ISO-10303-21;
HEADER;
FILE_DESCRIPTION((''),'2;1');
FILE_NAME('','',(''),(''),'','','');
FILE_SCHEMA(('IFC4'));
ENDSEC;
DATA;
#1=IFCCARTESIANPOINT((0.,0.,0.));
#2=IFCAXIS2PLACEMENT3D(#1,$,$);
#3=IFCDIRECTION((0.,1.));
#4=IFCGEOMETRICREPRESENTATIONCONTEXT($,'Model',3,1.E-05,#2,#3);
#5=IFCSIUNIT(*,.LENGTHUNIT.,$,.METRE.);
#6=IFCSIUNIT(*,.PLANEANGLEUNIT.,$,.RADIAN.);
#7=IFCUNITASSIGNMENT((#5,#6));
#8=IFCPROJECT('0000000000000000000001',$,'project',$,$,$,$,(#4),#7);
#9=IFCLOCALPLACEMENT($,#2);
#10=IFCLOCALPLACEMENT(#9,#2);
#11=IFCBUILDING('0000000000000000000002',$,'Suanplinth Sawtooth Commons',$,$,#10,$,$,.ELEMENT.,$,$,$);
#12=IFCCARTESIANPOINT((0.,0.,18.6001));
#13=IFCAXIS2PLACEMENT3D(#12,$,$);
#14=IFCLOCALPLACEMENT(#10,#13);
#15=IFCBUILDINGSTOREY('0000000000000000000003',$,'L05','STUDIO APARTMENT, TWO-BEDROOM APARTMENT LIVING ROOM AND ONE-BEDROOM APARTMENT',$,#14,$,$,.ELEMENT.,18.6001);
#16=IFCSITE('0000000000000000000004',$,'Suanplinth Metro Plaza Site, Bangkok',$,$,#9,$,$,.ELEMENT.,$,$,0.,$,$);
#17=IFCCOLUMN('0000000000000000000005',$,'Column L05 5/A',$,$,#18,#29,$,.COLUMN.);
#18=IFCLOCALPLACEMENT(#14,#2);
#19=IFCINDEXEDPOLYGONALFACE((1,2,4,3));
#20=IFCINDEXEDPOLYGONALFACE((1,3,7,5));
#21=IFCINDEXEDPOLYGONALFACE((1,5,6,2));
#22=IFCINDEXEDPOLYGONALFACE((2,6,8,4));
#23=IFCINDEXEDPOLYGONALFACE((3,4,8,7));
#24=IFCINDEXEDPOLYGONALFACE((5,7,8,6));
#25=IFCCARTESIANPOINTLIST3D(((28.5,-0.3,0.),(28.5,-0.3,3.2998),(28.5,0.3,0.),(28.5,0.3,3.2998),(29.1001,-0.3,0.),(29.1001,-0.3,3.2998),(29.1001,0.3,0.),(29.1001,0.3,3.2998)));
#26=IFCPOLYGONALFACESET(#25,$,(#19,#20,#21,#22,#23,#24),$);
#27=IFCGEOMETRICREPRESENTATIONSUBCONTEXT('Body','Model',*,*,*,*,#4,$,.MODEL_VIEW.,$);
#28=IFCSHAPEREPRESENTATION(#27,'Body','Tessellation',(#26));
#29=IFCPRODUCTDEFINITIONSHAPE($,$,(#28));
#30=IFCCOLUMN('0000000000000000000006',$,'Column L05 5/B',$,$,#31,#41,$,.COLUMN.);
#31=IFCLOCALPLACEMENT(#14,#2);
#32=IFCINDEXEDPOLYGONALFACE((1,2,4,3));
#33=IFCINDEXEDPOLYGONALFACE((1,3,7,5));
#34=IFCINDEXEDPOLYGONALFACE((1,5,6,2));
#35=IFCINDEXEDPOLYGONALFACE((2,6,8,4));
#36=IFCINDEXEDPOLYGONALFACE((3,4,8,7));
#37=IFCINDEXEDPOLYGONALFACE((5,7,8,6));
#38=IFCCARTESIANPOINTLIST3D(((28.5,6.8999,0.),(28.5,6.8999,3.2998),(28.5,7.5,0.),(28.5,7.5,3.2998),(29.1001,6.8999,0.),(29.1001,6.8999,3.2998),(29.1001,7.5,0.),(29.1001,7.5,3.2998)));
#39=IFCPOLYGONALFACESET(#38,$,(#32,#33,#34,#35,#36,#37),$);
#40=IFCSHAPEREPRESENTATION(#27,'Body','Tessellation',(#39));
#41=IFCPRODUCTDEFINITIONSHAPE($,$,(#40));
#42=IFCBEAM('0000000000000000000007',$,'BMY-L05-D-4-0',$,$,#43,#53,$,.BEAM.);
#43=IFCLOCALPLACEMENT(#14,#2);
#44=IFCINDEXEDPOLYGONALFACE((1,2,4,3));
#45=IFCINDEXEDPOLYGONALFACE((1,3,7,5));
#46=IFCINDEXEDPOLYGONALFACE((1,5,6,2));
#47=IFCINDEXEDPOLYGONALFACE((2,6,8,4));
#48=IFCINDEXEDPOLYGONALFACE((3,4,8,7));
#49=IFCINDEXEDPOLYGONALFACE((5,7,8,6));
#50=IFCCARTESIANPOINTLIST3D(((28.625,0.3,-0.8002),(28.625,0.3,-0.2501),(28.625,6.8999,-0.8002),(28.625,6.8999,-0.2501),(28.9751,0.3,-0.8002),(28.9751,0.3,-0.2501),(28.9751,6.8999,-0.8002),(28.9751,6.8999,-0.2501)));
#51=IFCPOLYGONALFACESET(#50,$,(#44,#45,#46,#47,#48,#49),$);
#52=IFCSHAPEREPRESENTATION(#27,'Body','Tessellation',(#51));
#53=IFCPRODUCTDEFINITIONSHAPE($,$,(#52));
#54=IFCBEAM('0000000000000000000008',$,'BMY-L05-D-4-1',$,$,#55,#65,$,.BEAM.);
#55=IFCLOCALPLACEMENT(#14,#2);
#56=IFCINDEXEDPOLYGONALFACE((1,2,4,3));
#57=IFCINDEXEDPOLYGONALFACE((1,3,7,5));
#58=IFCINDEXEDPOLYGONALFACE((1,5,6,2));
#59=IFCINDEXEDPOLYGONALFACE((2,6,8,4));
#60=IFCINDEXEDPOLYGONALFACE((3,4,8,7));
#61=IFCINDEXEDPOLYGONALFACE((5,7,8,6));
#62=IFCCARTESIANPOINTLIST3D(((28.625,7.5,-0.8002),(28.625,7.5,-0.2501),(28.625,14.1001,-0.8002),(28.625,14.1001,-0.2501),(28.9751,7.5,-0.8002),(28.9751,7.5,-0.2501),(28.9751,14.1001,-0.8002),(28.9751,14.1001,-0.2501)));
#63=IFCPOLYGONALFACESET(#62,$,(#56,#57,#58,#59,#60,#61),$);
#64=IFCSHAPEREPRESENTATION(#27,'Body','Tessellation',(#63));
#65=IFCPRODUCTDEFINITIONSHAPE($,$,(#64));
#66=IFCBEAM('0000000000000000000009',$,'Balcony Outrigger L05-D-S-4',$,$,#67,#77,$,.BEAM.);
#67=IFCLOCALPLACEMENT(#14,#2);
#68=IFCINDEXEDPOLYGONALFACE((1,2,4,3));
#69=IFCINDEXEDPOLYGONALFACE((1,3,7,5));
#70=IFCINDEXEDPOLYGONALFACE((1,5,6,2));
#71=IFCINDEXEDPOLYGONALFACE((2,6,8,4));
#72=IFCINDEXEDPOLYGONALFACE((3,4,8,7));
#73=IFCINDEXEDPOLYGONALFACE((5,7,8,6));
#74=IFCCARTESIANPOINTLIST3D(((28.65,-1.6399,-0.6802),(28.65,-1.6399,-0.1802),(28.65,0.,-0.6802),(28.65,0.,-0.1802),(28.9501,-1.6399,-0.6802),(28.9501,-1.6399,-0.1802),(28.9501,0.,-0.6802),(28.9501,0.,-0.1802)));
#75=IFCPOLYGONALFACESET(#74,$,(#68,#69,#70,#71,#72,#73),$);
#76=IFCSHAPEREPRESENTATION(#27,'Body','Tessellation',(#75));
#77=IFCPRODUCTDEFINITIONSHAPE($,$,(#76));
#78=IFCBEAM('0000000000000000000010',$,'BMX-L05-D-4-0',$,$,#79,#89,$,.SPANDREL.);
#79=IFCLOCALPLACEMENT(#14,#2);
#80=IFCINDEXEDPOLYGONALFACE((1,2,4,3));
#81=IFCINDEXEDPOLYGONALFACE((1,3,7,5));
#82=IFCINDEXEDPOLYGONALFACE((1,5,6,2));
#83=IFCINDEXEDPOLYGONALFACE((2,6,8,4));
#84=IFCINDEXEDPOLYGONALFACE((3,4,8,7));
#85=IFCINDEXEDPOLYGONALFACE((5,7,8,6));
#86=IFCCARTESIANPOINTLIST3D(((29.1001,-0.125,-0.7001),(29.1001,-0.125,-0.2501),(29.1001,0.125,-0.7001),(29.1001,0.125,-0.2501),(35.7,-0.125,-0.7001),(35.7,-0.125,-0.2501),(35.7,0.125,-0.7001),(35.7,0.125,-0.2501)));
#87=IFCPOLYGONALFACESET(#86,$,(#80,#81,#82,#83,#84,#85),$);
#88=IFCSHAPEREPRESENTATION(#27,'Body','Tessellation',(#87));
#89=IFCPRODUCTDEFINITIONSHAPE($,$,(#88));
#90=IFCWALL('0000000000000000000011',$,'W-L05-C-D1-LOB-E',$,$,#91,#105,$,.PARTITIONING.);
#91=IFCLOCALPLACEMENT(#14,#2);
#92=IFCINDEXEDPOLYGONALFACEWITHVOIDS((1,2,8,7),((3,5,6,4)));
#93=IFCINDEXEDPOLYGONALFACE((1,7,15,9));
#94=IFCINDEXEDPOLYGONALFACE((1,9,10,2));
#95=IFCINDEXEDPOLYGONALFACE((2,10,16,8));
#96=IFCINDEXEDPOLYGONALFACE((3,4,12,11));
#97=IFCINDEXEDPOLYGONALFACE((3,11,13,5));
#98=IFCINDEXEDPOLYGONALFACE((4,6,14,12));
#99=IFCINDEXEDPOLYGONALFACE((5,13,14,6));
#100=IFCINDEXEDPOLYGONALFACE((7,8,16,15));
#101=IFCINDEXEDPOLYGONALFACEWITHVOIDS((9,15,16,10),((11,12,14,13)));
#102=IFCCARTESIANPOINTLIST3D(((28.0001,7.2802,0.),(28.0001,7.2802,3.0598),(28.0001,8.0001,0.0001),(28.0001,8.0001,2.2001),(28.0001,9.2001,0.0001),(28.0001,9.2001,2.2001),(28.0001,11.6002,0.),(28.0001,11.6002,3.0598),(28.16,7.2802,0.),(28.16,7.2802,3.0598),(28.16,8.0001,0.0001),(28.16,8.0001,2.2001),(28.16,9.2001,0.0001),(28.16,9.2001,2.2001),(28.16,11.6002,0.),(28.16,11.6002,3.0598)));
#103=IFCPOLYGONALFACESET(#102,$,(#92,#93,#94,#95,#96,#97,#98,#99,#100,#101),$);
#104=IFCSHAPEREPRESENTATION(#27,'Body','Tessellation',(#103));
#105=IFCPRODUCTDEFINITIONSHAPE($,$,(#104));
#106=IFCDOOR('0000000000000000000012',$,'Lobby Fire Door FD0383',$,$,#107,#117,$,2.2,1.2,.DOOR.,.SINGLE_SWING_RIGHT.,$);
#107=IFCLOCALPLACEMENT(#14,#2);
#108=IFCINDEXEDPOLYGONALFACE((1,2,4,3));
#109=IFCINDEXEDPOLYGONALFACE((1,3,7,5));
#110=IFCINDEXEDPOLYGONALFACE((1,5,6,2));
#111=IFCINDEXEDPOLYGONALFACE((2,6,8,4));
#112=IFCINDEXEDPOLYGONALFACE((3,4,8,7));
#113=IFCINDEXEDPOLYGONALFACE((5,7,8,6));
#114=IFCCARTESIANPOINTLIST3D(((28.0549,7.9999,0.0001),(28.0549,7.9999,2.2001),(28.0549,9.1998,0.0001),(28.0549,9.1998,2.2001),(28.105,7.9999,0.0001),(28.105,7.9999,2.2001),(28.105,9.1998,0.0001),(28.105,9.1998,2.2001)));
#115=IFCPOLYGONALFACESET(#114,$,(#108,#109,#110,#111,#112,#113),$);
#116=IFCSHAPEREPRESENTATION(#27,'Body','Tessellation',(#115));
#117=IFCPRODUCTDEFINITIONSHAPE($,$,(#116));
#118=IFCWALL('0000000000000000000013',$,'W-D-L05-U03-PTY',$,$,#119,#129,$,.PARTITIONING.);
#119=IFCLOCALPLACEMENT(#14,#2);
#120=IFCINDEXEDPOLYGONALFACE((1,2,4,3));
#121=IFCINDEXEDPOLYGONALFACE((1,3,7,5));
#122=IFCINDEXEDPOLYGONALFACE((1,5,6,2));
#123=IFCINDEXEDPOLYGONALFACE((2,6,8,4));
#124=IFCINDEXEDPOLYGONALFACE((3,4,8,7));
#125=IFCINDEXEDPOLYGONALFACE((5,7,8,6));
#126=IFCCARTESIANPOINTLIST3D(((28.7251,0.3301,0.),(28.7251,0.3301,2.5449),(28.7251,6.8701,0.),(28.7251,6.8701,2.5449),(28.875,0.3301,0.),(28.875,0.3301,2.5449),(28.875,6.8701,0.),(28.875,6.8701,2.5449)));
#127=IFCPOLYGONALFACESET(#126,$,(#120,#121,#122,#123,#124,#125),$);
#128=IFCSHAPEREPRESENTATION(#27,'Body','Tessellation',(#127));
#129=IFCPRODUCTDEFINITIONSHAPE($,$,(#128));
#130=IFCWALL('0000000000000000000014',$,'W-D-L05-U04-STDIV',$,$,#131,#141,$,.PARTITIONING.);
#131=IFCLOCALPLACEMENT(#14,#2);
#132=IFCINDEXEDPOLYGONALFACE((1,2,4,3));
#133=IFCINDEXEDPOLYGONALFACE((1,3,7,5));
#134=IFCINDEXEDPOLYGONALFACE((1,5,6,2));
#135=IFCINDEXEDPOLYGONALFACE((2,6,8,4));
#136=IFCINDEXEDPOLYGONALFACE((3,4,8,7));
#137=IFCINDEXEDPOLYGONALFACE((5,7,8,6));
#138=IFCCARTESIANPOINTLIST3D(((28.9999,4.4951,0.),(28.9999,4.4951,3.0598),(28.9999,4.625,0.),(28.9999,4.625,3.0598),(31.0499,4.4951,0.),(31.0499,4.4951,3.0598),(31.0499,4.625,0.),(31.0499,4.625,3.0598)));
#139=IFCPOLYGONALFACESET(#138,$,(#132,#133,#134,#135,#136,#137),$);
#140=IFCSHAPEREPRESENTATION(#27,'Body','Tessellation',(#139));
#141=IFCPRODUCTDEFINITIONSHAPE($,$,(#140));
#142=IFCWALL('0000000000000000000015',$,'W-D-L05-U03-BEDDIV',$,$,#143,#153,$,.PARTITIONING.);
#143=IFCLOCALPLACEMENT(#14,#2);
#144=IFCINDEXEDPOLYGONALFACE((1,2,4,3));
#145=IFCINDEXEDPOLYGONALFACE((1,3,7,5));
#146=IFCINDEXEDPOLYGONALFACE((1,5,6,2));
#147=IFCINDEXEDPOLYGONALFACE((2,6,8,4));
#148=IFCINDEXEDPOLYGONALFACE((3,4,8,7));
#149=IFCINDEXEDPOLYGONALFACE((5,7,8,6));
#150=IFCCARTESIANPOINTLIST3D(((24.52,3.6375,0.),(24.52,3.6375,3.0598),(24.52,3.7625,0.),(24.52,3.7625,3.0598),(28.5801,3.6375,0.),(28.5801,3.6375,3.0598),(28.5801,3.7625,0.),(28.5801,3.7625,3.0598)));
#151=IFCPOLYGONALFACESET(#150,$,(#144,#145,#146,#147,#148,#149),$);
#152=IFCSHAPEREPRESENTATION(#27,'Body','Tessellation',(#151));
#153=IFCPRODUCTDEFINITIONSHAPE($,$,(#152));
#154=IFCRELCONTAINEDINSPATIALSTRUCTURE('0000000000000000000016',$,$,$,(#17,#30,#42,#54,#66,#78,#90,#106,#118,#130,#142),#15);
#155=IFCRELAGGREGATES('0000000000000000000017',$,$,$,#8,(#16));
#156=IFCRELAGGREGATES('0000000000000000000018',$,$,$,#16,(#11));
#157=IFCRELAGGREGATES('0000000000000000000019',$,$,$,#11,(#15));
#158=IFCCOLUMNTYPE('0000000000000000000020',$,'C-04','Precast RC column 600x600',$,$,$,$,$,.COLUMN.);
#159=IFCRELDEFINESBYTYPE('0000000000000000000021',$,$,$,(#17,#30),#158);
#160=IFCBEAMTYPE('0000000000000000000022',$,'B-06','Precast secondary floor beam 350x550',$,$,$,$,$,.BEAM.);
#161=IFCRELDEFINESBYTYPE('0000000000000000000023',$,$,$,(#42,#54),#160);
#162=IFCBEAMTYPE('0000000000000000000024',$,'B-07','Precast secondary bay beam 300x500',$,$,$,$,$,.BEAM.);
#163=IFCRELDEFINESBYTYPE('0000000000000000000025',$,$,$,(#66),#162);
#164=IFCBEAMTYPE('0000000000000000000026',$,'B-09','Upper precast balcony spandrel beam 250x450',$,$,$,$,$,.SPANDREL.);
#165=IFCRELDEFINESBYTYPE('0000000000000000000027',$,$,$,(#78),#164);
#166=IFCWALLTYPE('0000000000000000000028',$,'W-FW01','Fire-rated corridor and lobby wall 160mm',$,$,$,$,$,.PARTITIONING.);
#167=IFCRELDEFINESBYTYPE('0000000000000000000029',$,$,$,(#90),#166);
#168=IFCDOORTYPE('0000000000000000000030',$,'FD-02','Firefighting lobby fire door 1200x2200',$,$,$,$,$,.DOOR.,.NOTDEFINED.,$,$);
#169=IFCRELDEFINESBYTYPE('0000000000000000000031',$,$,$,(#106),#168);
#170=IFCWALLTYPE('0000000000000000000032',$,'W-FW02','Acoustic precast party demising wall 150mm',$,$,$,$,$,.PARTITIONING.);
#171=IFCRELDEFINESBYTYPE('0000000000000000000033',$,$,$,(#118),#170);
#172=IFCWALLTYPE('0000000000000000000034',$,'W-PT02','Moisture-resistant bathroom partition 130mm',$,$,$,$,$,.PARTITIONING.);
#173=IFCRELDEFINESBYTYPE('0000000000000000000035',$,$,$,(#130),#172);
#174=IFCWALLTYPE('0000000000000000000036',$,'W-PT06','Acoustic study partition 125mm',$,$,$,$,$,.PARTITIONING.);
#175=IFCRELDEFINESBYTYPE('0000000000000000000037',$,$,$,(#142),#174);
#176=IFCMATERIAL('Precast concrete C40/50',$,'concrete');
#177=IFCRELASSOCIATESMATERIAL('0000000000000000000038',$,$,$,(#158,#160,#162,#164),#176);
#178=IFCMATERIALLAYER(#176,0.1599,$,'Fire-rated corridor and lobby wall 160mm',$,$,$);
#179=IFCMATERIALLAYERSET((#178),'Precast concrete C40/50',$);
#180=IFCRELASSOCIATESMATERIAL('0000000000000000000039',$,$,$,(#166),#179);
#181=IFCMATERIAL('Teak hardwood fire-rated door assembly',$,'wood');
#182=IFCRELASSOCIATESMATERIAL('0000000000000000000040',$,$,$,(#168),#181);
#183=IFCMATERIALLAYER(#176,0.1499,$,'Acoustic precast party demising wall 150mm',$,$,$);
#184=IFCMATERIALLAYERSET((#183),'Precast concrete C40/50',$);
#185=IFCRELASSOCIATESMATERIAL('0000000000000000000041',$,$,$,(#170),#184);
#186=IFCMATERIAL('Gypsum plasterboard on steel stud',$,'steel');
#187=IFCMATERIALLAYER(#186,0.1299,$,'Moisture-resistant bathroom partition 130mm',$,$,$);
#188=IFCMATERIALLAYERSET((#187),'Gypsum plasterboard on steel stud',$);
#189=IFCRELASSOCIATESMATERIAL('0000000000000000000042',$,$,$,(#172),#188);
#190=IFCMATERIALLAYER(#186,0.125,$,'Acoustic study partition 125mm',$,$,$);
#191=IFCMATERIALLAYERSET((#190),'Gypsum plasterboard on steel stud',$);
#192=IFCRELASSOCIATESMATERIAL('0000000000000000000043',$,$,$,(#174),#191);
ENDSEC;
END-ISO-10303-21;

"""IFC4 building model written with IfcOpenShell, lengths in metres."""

from ifc_helpers import new_model, si_unit, direction, frame, frame_2d, origin, origin_2d, place, context, subcontext, project, spatial, rectangle, extrude, material, layer, layer_set, material_profile, profile_set, type_object, element, fill, save


model = new_model("IFC4")

# Units and contexts
model_context = context("Model", 3, precision=1e-05, world=origin(), true_north=direction((0.0, 1.0)))
body_context = subcontext(model_context, "Body", "Model", "MODEL_VIEW")
ifc_project = project(units=[si_unit("LENGTHUNIT", "METRE"), si_unit("PLANEANGLEUNIT", "RADIAN")], contexts=[model_context])

# Site, building, storey
site_placement = place(None, origin())
site = spatial("IfcSite", under=ifc_project, at=site_placement, Name="Suanplinth Metro Plaza Site, Bangkok", CompositionType="ELEMENT", RefElevation=0.0)
building_placement = place(site_placement, origin())
building = spatial("IfcBuilding", under=site, at=building_placement, Name="Suanplinth Sawtooth Commons", CompositionType="ELEMENT")
storey_placement = place(building_placement, frame((0.0, 0.0, 18.6001)))
storey = spatial("IfcBuildingStorey", under=building, at=storey_placement, Name="L05", Description="STUDIO APARTMENT, TWO-BEDROOM APARTMENT LIVING ROOM AND ONE-BEDROOM APARTMENT", CompositionType="ELEMENT", Elevation=18.6001)

# Columns
ifc_material_1 = material(Name="Precast concrete C40/50", Category="concrete")
ifc_material_profile_1 = material_profile(ifc_material_1, rectangle(XDim=0.6001, YDim=0.6001, at=origin_2d()), Name="PC-COL 600x600")
ifc_profile_set_1 = profile_set([ifc_material_profile_1], Name="Precast concrete C40/50")
column_type = type_object("IfcColumnType", Name="C-04", Description="Precast RC column 600x600", PredefinedType="COLUMN", material=ifc_profile_set_1)
for number, where, z_axis, x_axis, name in (
    (1, (28.8, 0.0, 0.0), (0.0, 0.0, 1.0), (1.0, 0.0, 0.0), "Column L05 5/A"),
    (2, (28.8, 7.2, 0.0), (0.0, 0.0, 1.0), (1.0, 0.0, 0.0), "Column L05 5/B"),
):
    element("IfcColumn", number, at=place(storey_placement, frame(where, z_axis=z_axis, x_axis=x_axis)), inside=storey, type_object=column_type, Name=name, PredefinedType="COLUMN", context=body_context, shape_type="SweptSolid", body=[
        extrude(rectangle(XDim=0.6001, YDim=0.6001, at=origin_2d()), origin(), (0.0, 0.0, 1.0), 3.2998),
    ])

# Beams
ifc_material_profile_2 = material_profile(ifc_material_1, rectangle(XDim=0.3501, YDim=0.55, at=origin_2d()), Name="PC-BM 350x550")
ifc_profile_set_2 = profile_set([ifc_material_profile_2], Name="Precast concrete C40/50")
beam_type_1 = type_object("IfcBeamType", Name="B-06", Description="Precast secondary floor beam 350x550", PredefinedType="BEAM", material=ifc_profile_set_2)
beam_1_placement = place(storey_placement, frame((28.8, 0.3, -0.5251), z_axis=(0.0, 1.0, 0.0), x_axis=(-1.0, 0.0, 0.0)))
element("IfcBeam", 3, at=beam_1_placement, inside=storey, type_object=beam_type_1, Name="BMY-L05-D-4-0", PredefinedType="BEAM", context=body_context, shape_type="SweptSolid", body=[
    extrude(rectangle(XDim=0.3501, YDim=0.55, at=origin_2d()), origin(), (0.0, 0.0, 1.0), 6.5999),
])
beam_2_placement = place(storey_placement, frame((28.8, 7.5, -0.5251), z_axis=(0.0, 1.0, 0.0), x_axis=(-1.0, 0.0, 0.0)))
element("IfcBeam", 4, at=beam_2_placement, inside=storey, type_object=beam_type_1, Name="BMY-L05-D-4-1", PredefinedType="BEAM", context=body_context, shape_type="SweptSolid", body=[
    extrude(rectangle(XDim=0.3501, YDim=0.55, at=origin_2d()), origin(), (0.0, 0.0, 1.0), 6.6001),
])
ifc_material_profile_3 = material_profile(ifc_material_1, rectangle(XDim=0.3, YDim=0.5, at=origin_2d()), Name="PC-BM 300x500")
ifc_profile_set_3 = profile_set([ifc_material_profile_3], Name="Precast concrete C40/50")
beam_type_2 = type_object("IfcBeamType", Name="B-07", Description="Precast secondary bay beam 300x500", PredefinedType="BEAM", material=ifc_profile_set_3)
beam_3_placement = place(storey_placement, frame((28.8, 0.0, -0.4302), z_axis=(0.0, -1.0, 0.0), x_axis=(1.0, 0.0, 0.0)))
element("IfcBeam", 5, at=beam_3_placement, inside=storey, type_object=beam_type_2, Name="Balcony Outrigger L05-D-S-4", PredefinedType="BEAM", context=body_context, shape_type="SweptSolid", body=[
    extrude(rectangle(XDim=0.3, YDim=0.5, at=origin_2d()), origin(), (0.0, 0.0, 1.0), 1.6399),
])
ifc_material_profile_4 = material_profile(ifc_material_1, rectangle(XDim=0.25, YDim=0.45, at=origin_2d()), Name="PC-SP 250x450")
ifc_profile_set_4 = profile_set([ifc_material_profile_4], Name="Precast concrete C40/50")
beam_type_3 = type_object("IfcBeamType", Name="B-09", Description="Upper precast balcony spandrel beam 250x450", PredefinedType="SPANDREL", material=ifc_profile_set_4)
beam_4_placement = place(storey_placement, frame((29.1001, 0.0, -0.4751), z_axis=(1.0, 0.0, 0.0), x_axis=(0.0, 1.0, 0.0)))
element("IfcBeam", 6, at=beam_4_placement, inside=storey, type_object=beam_type_3, Name="BMX-L05-D-4-0", PredefinedType="SPANDREL", context=body_context, shape_type="SweptSolid", body=[
    extrude(rectangle(XDim=0.25, YDim=0.45, at=origin_2d()), origin(), (0.0, 0.0, 1.0), 6.5999),
])

# Wall, opening, door
ifc_layer_1 = layer(ifc_material_1, 0.1599, Name="Fire-rated corridor and lobby wall 160mm")
ifc_layer_set_1 = layer_set([ifc_layer_1], Name="Precast concrete C40/50")
wall_type_1 = type_object("IfcWallType", Name="W-FW01", Description="Fire-rated corridor and lobby wall 160mm", PredefinedType="PARTITIONING", material=ifc_layer_set_1)
wall_1_placement = place(storey_placement, frame((28.0801, 7.28, 0.0), z_axis=(0.0, 0.0, 1.0), x_axis=(0.0, 1.0, 0.0)))
wall_1 = element("IfcWall", 7, at=wall_1_placement, inside=storey, type_object=wall_type_1, Name="W-L05-C-D1-LOB-E", PredefinedType="PARTITIONING", context=body_context, shape_type="SweptSolid", body=[
    extrude(rectangle(XDim=4.3201, YDim=0.1599, at=frame_2d((2.1602, 0.0))), origin(), (0.0, 0.0, 1.0), 3.0598),
])
opening_1_placement = place(wall_1_placement, frame((0.72, 0.0, 0.0)))
opening_1 = element("IfcOpeningElement", 8, at=opening_1_placement, cuts=wall_1, PredefinedType="OPENING", context=body_context, shape_type="SweptSolid", body=[
    extrude(rectangle(XDim=1.2, YDim=2.2, at=frame_2d((0.6001, 1.1001))), frame((0.0, 0.0947, 0.0), z_axis=(0.0, -1.0, 0.0), x_axis=(1.0, 0.0, 0.0)), (0.0, 0.0, 1.0), 0.1897),
])
ifc_material_2 = material(Name="Teak hardwood fire-rated door assembly", Category="wood")
door_type_1 = type_object("IfcDoorType", Name="FD-02", Description="Firefighting lobby fire door 1200x2200", OperationType="NOTDEFINED", PredefinedType="DOOR", material=ifc_material_2)
door_1_placement = place(opening_1_placement, frame((1.2, 0.0, 0.0), z_axis=(0.0, 0.0, 1.0), x_axis=(-1.0, 0.0, 0.0)))
door_1 = element("IfcDoor", 9, at=door_1_placement, inside=storey, type_object=door_type_1, Name="Lobby Fire Door FD0383", OperationType="SINGLE_SWING_RIGHT", OverallHeight=2.2, OverallWidth=1.2, PredefinedType="DOOR", context=body_context, shape_type="SweptSolid", body=[
    extrude(rectangle(XDim=1.2, YDim=2.2, at=frame_2d((0.6001, 1.1001))), frame((0.0, 0.0249, 0.0), z_axis=(0.0, -1.0, 0.0), x_axis=(1.0, 0.0, 0.0)), (0.0, 0.0, 1.0), 0.05),
])
fill(opening_1, door_1)

# Walls
ifc_layer_2 = layer(ifc_material_1, 0.1499, Name="Acoustic precast party demising wall 150mm")
ifc_layer_set_2 = layer_set([ifc_layer_2], Name="Precast concrete C40/50")
wall_type_2 = type_object("IfcWallType", Name="W-FW02", Description="Acoustic precast party demising wall 150mm", PredefinedType="PARTITIONING", material=ifc_layer_set_2)
wall_2_placement = place(storey_placement, frame((28.8, 0.3301, 0.0), z_axis=(0.0, 0.0, 1.0), x_axis=(0.0, 1.0, 0.0)))
element("IfcWall", 10, at=wall_2_placement, inside=storey, type_object=wall_type_2, Name="W-D-L05-U03-PTY", PredefinedType="PARTITIONING", context=body_context, shape_type="SweptSolid", body=[
    extrude(rectangle(XDim=6.54, YDim=0.1499, at=frame_2d((3.27, 0.0))), origin(), (0.0, 0.0, 1.0), 2.5449),
])
ifc_material_3 = material(Name="Gypsum plasterboard on steel stud", Category="steel")
ifc_layer_3 = layer(ifc_material_3, 0.1299, Name="Moisture-resistant bathroom partition 130mm")
ifc_layer_set_3 = layer_set([ifc_layer_3], Name="Gypsum plasterboard on steel stud")
wall_type_3 = type_object("IfcWallType", Name="W-PT02", Description="Moisture-resistant bathroom partition 130mm", PredefinedType="PARTITIONING", material=ifc_layer_set_3)
wall_3_placement = place(storey_placement, frame((29.0, 4.5601, 0.0), z_axis=(0.0, 0.0, 1.0), x_axis=(1.0, 0.0, 0.0)))
element("IfcWall", 11, at=wall_3_placement, inside=storey, type_object=wall_type_3, Name="W-D-L05-U04-STDIV", PredefinedType="PARTITIONING", context=body_context, shape_type="SweptSolid", body=[
    extrude(rectangle(XDim=2.05, YDim=0.1299, at=frame_2d((1.0249, 0.0))), origin(), (0.0, 0.0, 1.0), 3.0598),
])

# Wall
ifc_layer_4 = layer(ifc_material_3, 0.125, Name="Acoustic study partition 125mm")
ifc_layer_set_4 = layer_set([ifc_layer_4], Name="Gypsum plasterboard on steel stud")
wall_type_4 = type_object("IfcWallType", Name="W-PT06", Description="Acoustic study partition 125mm", PredefinedType="PARTITIONING", material=ifc_layer_set_4)
wall_4_placement = place(storey_placement, frame((24.52, 3.7, 0.0), z_axis=(0.0, 0.0, 1.0), x_axis=(1.0, 0.0, 0.0)))
element("IfcWall", 12, at=wall_4_placement, inside=storey, type_object=wall_type_4, Name="W-D-L05-U03-BEDDIV", PredefinedType="PARTITIONING", context=body_context, shape_type="SweptSolid", body=[
    extrude(rectangle(XDim=4.0601, YDim=0.125, at=frame_2d((2.03, 0.0))), origin(), (0.0, 0.0, 1.0), 3.0598),
])

save(model, "model.ifc")
